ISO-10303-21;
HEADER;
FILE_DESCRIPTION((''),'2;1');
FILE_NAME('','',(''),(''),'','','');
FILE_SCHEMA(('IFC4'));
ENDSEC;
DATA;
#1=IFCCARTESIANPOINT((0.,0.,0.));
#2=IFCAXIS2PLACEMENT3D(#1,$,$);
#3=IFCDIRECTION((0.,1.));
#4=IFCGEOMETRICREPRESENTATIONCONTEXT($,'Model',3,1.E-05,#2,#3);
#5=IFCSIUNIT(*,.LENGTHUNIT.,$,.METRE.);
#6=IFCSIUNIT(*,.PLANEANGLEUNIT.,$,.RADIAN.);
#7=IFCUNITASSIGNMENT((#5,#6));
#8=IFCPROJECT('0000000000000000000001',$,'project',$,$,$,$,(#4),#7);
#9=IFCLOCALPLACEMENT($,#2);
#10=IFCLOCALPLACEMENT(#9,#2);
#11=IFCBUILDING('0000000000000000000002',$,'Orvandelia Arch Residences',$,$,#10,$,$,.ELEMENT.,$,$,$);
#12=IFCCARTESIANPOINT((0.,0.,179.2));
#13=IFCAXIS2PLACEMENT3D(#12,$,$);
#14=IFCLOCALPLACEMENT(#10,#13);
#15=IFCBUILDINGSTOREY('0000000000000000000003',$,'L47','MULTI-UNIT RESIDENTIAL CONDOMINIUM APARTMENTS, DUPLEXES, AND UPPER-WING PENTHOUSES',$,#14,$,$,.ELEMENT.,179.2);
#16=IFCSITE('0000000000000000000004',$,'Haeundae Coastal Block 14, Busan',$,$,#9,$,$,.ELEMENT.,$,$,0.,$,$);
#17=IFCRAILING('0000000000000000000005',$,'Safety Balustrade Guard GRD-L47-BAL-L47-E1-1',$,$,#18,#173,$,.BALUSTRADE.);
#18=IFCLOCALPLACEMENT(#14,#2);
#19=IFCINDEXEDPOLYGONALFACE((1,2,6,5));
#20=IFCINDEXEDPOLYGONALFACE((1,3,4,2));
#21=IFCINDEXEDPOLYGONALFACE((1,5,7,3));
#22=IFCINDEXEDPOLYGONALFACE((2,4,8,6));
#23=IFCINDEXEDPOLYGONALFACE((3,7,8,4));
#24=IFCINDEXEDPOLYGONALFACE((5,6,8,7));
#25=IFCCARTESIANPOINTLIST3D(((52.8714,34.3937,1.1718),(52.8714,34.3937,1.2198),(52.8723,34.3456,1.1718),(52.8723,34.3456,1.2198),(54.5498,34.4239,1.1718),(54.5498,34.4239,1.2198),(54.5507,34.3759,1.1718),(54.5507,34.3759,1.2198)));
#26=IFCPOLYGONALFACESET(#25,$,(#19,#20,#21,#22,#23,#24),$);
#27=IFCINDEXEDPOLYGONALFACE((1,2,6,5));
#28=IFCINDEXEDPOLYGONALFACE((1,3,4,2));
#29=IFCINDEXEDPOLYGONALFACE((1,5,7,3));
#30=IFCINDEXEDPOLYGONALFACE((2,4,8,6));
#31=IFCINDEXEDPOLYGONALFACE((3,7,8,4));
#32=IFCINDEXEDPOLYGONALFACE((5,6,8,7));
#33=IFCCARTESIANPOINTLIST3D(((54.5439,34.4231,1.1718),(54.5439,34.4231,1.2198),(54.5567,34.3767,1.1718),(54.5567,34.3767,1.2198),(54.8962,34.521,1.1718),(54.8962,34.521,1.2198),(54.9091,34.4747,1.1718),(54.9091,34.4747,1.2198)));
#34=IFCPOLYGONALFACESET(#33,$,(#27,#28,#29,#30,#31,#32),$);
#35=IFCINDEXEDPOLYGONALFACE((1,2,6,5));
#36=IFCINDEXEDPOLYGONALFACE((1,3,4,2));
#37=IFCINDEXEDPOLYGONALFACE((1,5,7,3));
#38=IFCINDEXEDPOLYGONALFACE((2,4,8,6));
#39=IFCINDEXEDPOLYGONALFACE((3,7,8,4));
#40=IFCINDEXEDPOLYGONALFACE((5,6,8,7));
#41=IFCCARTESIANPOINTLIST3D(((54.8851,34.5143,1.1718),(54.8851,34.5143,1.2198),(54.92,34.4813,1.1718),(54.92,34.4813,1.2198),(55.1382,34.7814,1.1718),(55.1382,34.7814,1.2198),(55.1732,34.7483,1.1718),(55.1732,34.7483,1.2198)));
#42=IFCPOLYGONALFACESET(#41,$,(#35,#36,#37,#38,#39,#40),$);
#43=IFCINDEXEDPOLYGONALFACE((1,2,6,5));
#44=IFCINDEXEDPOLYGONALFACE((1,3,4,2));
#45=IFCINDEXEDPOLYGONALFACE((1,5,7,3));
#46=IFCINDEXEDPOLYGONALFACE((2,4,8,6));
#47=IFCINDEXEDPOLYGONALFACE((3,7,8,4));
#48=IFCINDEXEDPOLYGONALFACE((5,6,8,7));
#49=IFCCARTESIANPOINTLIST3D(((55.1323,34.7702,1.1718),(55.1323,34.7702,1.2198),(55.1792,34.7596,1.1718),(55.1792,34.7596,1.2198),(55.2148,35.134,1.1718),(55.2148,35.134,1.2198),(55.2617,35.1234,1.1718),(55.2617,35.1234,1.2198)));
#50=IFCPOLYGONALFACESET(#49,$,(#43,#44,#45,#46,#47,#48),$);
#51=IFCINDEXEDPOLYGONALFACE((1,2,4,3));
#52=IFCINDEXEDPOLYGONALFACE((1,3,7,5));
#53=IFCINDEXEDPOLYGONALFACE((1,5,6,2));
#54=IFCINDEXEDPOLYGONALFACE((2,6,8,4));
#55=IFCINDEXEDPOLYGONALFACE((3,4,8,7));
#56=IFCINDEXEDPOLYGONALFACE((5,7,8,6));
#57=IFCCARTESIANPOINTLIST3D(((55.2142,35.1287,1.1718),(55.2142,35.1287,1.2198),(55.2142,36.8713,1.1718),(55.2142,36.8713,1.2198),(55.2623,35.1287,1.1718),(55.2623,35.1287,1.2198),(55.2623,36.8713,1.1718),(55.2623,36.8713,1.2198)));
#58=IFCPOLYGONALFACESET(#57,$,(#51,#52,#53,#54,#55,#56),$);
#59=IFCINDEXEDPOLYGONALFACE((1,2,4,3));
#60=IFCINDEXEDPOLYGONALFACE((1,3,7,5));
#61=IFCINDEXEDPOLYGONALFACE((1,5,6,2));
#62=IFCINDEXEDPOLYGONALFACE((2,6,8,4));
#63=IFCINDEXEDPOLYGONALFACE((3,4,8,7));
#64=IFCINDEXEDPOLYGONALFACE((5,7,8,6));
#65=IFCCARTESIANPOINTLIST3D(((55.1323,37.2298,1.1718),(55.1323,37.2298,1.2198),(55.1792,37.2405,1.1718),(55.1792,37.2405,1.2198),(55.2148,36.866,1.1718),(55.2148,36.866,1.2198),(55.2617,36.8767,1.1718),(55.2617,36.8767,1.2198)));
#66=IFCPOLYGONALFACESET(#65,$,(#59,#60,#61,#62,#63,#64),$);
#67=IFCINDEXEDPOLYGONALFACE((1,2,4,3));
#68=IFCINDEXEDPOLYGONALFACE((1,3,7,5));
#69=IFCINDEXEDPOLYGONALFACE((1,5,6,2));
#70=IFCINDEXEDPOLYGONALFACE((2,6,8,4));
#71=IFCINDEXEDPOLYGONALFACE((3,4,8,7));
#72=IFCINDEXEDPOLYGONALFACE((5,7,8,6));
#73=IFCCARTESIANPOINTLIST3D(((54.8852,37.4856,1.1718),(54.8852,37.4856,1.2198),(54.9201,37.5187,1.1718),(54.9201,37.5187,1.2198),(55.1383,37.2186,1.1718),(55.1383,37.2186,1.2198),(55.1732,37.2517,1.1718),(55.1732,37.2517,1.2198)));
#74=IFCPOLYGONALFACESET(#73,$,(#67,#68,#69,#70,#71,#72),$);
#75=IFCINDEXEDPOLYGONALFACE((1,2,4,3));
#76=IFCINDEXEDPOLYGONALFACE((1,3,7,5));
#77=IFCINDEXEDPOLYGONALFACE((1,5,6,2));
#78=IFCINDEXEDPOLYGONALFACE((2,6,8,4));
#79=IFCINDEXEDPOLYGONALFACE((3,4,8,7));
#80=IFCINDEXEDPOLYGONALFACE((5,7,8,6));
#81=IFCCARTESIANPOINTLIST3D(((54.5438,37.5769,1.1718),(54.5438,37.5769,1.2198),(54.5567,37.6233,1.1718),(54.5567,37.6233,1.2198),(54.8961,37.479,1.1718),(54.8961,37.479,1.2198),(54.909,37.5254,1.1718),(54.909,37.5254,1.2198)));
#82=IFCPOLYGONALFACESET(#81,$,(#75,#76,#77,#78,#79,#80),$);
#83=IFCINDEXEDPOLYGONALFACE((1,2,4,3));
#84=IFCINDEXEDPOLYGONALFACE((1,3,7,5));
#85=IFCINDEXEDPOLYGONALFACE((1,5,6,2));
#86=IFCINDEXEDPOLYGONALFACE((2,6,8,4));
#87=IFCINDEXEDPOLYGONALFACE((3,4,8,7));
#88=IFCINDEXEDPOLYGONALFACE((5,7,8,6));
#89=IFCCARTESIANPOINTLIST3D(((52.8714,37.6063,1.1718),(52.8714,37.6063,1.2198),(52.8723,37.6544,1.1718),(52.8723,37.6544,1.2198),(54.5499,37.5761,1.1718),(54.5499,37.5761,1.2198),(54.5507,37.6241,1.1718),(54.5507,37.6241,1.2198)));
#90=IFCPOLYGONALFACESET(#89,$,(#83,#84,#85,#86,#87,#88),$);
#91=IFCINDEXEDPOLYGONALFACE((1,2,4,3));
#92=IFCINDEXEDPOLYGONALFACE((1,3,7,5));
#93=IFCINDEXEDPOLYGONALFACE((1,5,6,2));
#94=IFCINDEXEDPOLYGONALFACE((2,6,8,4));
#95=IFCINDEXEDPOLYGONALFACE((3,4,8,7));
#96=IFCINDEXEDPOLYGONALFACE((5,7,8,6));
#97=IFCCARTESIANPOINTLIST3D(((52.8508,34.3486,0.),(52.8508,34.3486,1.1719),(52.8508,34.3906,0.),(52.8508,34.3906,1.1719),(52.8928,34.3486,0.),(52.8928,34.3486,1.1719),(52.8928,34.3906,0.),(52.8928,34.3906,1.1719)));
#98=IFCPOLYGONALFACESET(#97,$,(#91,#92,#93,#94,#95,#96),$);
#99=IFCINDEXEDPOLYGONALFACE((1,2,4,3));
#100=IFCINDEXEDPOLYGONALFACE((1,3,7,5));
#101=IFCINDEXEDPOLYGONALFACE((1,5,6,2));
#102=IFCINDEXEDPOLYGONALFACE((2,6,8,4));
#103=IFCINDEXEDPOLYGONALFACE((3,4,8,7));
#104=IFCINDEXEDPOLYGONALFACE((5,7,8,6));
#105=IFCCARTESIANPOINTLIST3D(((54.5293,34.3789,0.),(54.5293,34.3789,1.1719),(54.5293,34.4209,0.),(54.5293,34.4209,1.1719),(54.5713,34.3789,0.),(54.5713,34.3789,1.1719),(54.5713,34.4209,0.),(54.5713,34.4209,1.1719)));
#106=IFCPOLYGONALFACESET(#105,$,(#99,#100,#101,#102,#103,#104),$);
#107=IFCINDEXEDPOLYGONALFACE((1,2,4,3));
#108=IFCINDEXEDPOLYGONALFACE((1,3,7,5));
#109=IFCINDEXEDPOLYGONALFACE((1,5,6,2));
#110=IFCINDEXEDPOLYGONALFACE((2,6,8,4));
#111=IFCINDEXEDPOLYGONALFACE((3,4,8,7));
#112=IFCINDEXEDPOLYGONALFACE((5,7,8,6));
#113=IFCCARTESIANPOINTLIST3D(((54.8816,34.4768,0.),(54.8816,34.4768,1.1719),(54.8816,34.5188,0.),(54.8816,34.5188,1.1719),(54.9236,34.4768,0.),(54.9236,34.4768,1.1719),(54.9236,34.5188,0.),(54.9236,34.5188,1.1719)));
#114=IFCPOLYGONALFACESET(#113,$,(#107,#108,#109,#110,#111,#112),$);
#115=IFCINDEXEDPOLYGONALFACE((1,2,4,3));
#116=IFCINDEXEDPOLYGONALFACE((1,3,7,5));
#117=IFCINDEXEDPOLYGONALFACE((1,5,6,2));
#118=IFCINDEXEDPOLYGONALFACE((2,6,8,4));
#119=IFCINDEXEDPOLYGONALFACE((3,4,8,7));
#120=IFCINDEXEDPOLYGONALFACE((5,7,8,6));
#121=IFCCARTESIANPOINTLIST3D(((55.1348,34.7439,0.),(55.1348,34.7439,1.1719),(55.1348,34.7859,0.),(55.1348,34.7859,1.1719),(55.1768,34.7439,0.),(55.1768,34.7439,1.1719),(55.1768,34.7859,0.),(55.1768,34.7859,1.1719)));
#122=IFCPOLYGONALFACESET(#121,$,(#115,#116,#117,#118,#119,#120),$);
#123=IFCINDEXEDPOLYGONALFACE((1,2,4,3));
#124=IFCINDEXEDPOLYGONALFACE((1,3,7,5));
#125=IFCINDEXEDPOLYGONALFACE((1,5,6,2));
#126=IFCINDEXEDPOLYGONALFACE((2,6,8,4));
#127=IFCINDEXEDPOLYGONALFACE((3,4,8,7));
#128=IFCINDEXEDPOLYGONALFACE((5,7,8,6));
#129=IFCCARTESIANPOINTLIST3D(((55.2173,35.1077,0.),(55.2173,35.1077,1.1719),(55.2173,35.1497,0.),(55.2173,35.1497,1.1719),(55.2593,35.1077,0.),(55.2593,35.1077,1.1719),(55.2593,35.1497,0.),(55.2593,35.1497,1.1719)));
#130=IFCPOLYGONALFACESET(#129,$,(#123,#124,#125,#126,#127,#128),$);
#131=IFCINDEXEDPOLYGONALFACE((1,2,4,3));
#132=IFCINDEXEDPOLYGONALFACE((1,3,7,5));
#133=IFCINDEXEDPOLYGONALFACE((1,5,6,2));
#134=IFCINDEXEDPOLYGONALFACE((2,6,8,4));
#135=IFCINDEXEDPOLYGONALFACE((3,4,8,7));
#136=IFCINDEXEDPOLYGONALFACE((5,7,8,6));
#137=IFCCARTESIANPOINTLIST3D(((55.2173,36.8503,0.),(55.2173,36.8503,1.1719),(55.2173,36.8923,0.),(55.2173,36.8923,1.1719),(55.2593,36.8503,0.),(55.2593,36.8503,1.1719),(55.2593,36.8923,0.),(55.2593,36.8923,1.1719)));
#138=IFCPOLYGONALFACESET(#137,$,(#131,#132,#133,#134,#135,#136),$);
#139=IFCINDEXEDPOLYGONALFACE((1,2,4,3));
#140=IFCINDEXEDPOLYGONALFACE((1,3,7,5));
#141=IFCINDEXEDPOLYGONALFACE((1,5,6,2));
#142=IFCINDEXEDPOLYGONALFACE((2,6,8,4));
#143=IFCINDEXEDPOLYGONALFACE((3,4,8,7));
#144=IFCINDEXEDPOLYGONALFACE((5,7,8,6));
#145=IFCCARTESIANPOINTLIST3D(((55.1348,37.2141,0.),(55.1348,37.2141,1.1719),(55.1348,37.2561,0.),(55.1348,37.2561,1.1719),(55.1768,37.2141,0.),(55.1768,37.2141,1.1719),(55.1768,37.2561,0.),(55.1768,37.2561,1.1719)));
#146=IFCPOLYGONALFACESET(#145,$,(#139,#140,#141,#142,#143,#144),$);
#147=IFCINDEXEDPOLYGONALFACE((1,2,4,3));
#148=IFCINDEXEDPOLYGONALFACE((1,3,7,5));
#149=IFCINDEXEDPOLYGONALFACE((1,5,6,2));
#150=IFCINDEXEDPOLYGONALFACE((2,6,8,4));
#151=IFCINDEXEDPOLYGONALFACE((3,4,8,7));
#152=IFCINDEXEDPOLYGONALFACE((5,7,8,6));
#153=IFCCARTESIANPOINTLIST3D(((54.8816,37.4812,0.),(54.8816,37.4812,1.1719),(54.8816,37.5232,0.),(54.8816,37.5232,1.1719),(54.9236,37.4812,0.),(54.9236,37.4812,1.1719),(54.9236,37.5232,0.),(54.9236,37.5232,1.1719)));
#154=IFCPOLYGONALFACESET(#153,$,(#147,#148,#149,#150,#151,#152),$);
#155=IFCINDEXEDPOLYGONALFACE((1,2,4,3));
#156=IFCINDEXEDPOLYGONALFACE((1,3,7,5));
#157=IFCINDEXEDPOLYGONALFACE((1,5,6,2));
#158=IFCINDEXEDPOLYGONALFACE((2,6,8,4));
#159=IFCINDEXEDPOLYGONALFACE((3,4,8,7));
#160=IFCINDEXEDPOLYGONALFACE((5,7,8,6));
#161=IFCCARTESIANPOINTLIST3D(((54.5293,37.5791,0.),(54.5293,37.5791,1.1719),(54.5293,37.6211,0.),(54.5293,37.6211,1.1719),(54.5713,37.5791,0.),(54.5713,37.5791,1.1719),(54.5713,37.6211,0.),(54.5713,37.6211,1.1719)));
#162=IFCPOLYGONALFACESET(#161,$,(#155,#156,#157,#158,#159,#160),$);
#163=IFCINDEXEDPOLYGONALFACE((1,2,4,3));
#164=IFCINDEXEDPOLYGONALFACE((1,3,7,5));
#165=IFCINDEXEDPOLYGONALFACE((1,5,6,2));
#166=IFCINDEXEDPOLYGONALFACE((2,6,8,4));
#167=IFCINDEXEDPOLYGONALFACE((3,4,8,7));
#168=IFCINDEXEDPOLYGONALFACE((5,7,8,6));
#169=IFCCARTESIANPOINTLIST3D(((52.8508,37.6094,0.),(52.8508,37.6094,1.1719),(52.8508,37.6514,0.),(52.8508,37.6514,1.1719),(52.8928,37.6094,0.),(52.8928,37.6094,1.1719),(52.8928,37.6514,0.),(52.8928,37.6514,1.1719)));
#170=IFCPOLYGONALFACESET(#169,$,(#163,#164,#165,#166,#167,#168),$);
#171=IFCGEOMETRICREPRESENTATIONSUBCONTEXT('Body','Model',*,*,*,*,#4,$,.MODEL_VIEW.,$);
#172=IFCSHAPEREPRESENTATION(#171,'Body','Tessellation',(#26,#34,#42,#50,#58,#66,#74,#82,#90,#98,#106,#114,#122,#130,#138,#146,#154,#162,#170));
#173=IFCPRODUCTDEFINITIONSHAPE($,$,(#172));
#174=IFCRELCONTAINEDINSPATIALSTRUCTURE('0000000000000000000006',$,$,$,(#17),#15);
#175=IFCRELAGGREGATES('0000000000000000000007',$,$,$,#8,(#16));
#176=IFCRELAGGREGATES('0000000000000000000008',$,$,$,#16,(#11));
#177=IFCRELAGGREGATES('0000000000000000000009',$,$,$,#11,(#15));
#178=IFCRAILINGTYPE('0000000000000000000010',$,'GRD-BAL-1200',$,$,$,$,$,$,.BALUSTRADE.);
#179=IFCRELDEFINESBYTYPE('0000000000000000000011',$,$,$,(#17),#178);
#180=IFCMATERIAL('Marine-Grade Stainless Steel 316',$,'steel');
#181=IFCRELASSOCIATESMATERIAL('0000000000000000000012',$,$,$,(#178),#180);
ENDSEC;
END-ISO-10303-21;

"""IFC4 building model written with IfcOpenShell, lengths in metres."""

from ifc_helpers import new_model, si_unit, direction, frame, origin, origin_2d, place, context, subcontext, project, spatial, rectangle, extrude, material, type_object, element, save


model = new_model("IFC4")

# Units and contexts
model_context = context("Model", 3, precision=1e-05, world=origin(), true_north=direction((0.0, 1.0)))
body_context = subcontext(model_context, "Body", "Model", "MODEL_VIEW")
ifc_project = project(units=[si_unit("LENGTHUNIT", "METRE"), si_unit("PLANEANGLEUNIT", "RADIAN")], contexts=[model_context])

# Site, building, storey
site_placement = place(None, origin())
site = spatial("IfcSite", under=ifc_project, at=site_placement, Name="Haeundae Coastal Block 14, Busan", CompositionType="ELEMENT", RefElevation=0.0)
building_placement = place(site_placement, origin())
building = spatial("IfcBuilding", under=site, at=building_placement, Name="Orvandelia Arch Residences", CompositionType="ELEMENT")
storey_placement = place(building_placement, frame((0.0, 0.0, 179.2)))
storey = spatial("IfcBuildingStorey", under=building, at=storey_placement, Name="L47", Description="MULTI-UNIT RESIDENTIAL CONDOMINIUM APARTMENTS, DUPLEXES, AND UPPER-WING PENTHOUSES", CompositionType="ELEMENT", Elevation=179.2)

# Railing
ifc_material_1 = material(Name="Marine-Grade Stainless Steel 316", Category="steel")
railing_type = type_object("IfcRailingType", Name="GRD-BAL-1200", PredefinedType="BALUSTRADE", material=ifc_material_1)
railing_placement = place(storey_placement, frame((52.8718, 34.3696, 0.0)))
element("IfcRailing", 1, at=railing_placement, inside=storey, type_object=railing_type, Name="Safety Balustrade Guard GRD-L47-BAL-L47-E1-1", PredefinedType="BALUSTRADE", context=body_context, shape_type="SweptSolid", body=[
    extrude(rectangle(XDim=0.0481, YDim=0.0481, at=origin_2d()), frame((0.0, 0.0, 1.1958), z_axis=(0.999837, 0.018033, 0.0), x_axis=(-0.018033, 0.999837, 0.0)), (0.0, 0.0, 1.0), 1.6787),
    extrude(rectangle(XDim=0.0481, YDim=0.0481, at=origin_2d()), frame((1.6785, 0.0303, 1.1958), z_axis=(0.963489, 0.267747, 0.0), x_axis=(-0.267747, 0.963489, 0.0)), (0.0, 0.0, 1.0), 0.3657),
    extrude(rectangle(XDim=0.0481, YDim=0.0481, at=origin_2d()), frame((2.0308, 0.1282, 1.1958), z_axis=(0.687947, 0.725761, 0.0), x_axis=(-0.725761, 0.687947, 0.0)), (0.0, 0.0, 1.0), 0.3679),
    extrude(rectangle(XDim=0.0481, YDim=0.0481, at=origin_2d()), frame((2.2839, 0.3953, 1.1958), z_axis=(0.221225, 0.975223, 0.0), x_axis=(-0.975223, 0.221225, 0.0)), (0.0, 0.0, 1.0), 0.373),
    extrude(rectangle(XDim=0.0481, YDim=0.0481, at=origin_2d()), frame((2.3665, 0.759, 1.1958), z_axis=(0.0, 1.0, 0.0), x_axis=(-1.0, 0.0, 0.0)), (0.0, 0.0, 1.0), 1.7427),
    extrude(rectangle(XDim=0.0481, YDim=0.0481, at=origin_2d()), frame((2.3665, 2.5017, 1.1958), z_axis=(-0.221225, 0.975223, 0.0), x_axis=(-0.975223, -0.221225, 0.0)), (0.0, 0.0, 1.0), 0.373),
    extrude(rectangle(XDim=0.0481, YDim=0.0481, at=origin_2d()), frame((2.2839, 2.8655, 1.1958), z_axis=(-0.687947, 0.725761, 0.0), x_axis=(-0.725761, -0.687947, 0.0)), (0.0, 0.0, 1.0), 0.3679),
    extrude(rectangle(XDim=0.0481, YDim=0.0481, at=origin_2d()), frame((2.0308, 3.1326, 1.1958), z_axis=(-0.963489, 0.267747, 0.0), x_axis=(-0.267747, -0.963489, 0.0)), (0.0, 0.0, 1.0), 0.3657),
    extrude(rectangle(XDim=0.0481, YDim=0.0481, at=origin_2d()), frame((1.6785, 3.2305, 1.1958), z_axis=(-0.999837, 0.018033, 0.0), x_axis=(-0.018033, -0.999837, 0.0)), (0.0, 0.0, 1.0), 1.6787),
    extrude(rectangle(XDim=0.042, YDim=0.042, at=origin_2d()), origin(), (0.0, 0.0, 1.0), 1.1719),
    extrude(rectangle(XDim=0.042, YDim=0.042, at=origin_2d()), frame((1.6785, 0.0303, 0.0)), (0.0, 0.0, 1.0), 1.1719),
    extrude(rectangle(XDim=0.042, YDim=0.042, at=origin_2d()), frame((2.0308, 0.1282, 0.0)), (0.0, 0.0, 1.0), 1.1719),
    extrude(rectangle(XDim=0.042, YDim=0.042, at=origin_2d()), frame((2.2839, 0.3953, 0.0)), (0.0, 0.0, 1.0), 1.1719),
    extrude(rectangle(XDim=0.042, YDim=0.042, at=origin_2d()), frame((2.3665, 0.759, 0.0)), (0.0, 0.0, 1.0), 1.1719),
    extrude(rectangle(XDim=0.042, YDim=0.042, at=origin_2d()), frame((2.3665, 2.5017, 0.0)), (0.0, 0.0, 1.0), 1.1719),
    extrude(rectangle(XDim=0.042, YDim=0.042, at=origin_2d()), frame((2.2839, 2.8655, 0.0)), (0.0, 0.0, 1.0), 1.1719),
    extrude(rectangle(XDim=0.042, YDim=0.042, at=origin_2d()), frame((2.0308, 3.1326, 0.0)), (0.0, 0.0, 1.0), 1.1719),
    extrude(rectangle(XDim=0.042, YDim=0.042, at=origin_2d()), frame((1.6785, 3.2305, 0.0)), (0.0, 0.0, 1.0), 1.1719),
    extrude(rectangle(XDim=0.042, YDim=0.042, at=origin_2d()), frame((0.0, 3.2607, 0.0)), (0.0, 0.0, 1.0), 1.1719),
])

save(model, "model.ifc")
